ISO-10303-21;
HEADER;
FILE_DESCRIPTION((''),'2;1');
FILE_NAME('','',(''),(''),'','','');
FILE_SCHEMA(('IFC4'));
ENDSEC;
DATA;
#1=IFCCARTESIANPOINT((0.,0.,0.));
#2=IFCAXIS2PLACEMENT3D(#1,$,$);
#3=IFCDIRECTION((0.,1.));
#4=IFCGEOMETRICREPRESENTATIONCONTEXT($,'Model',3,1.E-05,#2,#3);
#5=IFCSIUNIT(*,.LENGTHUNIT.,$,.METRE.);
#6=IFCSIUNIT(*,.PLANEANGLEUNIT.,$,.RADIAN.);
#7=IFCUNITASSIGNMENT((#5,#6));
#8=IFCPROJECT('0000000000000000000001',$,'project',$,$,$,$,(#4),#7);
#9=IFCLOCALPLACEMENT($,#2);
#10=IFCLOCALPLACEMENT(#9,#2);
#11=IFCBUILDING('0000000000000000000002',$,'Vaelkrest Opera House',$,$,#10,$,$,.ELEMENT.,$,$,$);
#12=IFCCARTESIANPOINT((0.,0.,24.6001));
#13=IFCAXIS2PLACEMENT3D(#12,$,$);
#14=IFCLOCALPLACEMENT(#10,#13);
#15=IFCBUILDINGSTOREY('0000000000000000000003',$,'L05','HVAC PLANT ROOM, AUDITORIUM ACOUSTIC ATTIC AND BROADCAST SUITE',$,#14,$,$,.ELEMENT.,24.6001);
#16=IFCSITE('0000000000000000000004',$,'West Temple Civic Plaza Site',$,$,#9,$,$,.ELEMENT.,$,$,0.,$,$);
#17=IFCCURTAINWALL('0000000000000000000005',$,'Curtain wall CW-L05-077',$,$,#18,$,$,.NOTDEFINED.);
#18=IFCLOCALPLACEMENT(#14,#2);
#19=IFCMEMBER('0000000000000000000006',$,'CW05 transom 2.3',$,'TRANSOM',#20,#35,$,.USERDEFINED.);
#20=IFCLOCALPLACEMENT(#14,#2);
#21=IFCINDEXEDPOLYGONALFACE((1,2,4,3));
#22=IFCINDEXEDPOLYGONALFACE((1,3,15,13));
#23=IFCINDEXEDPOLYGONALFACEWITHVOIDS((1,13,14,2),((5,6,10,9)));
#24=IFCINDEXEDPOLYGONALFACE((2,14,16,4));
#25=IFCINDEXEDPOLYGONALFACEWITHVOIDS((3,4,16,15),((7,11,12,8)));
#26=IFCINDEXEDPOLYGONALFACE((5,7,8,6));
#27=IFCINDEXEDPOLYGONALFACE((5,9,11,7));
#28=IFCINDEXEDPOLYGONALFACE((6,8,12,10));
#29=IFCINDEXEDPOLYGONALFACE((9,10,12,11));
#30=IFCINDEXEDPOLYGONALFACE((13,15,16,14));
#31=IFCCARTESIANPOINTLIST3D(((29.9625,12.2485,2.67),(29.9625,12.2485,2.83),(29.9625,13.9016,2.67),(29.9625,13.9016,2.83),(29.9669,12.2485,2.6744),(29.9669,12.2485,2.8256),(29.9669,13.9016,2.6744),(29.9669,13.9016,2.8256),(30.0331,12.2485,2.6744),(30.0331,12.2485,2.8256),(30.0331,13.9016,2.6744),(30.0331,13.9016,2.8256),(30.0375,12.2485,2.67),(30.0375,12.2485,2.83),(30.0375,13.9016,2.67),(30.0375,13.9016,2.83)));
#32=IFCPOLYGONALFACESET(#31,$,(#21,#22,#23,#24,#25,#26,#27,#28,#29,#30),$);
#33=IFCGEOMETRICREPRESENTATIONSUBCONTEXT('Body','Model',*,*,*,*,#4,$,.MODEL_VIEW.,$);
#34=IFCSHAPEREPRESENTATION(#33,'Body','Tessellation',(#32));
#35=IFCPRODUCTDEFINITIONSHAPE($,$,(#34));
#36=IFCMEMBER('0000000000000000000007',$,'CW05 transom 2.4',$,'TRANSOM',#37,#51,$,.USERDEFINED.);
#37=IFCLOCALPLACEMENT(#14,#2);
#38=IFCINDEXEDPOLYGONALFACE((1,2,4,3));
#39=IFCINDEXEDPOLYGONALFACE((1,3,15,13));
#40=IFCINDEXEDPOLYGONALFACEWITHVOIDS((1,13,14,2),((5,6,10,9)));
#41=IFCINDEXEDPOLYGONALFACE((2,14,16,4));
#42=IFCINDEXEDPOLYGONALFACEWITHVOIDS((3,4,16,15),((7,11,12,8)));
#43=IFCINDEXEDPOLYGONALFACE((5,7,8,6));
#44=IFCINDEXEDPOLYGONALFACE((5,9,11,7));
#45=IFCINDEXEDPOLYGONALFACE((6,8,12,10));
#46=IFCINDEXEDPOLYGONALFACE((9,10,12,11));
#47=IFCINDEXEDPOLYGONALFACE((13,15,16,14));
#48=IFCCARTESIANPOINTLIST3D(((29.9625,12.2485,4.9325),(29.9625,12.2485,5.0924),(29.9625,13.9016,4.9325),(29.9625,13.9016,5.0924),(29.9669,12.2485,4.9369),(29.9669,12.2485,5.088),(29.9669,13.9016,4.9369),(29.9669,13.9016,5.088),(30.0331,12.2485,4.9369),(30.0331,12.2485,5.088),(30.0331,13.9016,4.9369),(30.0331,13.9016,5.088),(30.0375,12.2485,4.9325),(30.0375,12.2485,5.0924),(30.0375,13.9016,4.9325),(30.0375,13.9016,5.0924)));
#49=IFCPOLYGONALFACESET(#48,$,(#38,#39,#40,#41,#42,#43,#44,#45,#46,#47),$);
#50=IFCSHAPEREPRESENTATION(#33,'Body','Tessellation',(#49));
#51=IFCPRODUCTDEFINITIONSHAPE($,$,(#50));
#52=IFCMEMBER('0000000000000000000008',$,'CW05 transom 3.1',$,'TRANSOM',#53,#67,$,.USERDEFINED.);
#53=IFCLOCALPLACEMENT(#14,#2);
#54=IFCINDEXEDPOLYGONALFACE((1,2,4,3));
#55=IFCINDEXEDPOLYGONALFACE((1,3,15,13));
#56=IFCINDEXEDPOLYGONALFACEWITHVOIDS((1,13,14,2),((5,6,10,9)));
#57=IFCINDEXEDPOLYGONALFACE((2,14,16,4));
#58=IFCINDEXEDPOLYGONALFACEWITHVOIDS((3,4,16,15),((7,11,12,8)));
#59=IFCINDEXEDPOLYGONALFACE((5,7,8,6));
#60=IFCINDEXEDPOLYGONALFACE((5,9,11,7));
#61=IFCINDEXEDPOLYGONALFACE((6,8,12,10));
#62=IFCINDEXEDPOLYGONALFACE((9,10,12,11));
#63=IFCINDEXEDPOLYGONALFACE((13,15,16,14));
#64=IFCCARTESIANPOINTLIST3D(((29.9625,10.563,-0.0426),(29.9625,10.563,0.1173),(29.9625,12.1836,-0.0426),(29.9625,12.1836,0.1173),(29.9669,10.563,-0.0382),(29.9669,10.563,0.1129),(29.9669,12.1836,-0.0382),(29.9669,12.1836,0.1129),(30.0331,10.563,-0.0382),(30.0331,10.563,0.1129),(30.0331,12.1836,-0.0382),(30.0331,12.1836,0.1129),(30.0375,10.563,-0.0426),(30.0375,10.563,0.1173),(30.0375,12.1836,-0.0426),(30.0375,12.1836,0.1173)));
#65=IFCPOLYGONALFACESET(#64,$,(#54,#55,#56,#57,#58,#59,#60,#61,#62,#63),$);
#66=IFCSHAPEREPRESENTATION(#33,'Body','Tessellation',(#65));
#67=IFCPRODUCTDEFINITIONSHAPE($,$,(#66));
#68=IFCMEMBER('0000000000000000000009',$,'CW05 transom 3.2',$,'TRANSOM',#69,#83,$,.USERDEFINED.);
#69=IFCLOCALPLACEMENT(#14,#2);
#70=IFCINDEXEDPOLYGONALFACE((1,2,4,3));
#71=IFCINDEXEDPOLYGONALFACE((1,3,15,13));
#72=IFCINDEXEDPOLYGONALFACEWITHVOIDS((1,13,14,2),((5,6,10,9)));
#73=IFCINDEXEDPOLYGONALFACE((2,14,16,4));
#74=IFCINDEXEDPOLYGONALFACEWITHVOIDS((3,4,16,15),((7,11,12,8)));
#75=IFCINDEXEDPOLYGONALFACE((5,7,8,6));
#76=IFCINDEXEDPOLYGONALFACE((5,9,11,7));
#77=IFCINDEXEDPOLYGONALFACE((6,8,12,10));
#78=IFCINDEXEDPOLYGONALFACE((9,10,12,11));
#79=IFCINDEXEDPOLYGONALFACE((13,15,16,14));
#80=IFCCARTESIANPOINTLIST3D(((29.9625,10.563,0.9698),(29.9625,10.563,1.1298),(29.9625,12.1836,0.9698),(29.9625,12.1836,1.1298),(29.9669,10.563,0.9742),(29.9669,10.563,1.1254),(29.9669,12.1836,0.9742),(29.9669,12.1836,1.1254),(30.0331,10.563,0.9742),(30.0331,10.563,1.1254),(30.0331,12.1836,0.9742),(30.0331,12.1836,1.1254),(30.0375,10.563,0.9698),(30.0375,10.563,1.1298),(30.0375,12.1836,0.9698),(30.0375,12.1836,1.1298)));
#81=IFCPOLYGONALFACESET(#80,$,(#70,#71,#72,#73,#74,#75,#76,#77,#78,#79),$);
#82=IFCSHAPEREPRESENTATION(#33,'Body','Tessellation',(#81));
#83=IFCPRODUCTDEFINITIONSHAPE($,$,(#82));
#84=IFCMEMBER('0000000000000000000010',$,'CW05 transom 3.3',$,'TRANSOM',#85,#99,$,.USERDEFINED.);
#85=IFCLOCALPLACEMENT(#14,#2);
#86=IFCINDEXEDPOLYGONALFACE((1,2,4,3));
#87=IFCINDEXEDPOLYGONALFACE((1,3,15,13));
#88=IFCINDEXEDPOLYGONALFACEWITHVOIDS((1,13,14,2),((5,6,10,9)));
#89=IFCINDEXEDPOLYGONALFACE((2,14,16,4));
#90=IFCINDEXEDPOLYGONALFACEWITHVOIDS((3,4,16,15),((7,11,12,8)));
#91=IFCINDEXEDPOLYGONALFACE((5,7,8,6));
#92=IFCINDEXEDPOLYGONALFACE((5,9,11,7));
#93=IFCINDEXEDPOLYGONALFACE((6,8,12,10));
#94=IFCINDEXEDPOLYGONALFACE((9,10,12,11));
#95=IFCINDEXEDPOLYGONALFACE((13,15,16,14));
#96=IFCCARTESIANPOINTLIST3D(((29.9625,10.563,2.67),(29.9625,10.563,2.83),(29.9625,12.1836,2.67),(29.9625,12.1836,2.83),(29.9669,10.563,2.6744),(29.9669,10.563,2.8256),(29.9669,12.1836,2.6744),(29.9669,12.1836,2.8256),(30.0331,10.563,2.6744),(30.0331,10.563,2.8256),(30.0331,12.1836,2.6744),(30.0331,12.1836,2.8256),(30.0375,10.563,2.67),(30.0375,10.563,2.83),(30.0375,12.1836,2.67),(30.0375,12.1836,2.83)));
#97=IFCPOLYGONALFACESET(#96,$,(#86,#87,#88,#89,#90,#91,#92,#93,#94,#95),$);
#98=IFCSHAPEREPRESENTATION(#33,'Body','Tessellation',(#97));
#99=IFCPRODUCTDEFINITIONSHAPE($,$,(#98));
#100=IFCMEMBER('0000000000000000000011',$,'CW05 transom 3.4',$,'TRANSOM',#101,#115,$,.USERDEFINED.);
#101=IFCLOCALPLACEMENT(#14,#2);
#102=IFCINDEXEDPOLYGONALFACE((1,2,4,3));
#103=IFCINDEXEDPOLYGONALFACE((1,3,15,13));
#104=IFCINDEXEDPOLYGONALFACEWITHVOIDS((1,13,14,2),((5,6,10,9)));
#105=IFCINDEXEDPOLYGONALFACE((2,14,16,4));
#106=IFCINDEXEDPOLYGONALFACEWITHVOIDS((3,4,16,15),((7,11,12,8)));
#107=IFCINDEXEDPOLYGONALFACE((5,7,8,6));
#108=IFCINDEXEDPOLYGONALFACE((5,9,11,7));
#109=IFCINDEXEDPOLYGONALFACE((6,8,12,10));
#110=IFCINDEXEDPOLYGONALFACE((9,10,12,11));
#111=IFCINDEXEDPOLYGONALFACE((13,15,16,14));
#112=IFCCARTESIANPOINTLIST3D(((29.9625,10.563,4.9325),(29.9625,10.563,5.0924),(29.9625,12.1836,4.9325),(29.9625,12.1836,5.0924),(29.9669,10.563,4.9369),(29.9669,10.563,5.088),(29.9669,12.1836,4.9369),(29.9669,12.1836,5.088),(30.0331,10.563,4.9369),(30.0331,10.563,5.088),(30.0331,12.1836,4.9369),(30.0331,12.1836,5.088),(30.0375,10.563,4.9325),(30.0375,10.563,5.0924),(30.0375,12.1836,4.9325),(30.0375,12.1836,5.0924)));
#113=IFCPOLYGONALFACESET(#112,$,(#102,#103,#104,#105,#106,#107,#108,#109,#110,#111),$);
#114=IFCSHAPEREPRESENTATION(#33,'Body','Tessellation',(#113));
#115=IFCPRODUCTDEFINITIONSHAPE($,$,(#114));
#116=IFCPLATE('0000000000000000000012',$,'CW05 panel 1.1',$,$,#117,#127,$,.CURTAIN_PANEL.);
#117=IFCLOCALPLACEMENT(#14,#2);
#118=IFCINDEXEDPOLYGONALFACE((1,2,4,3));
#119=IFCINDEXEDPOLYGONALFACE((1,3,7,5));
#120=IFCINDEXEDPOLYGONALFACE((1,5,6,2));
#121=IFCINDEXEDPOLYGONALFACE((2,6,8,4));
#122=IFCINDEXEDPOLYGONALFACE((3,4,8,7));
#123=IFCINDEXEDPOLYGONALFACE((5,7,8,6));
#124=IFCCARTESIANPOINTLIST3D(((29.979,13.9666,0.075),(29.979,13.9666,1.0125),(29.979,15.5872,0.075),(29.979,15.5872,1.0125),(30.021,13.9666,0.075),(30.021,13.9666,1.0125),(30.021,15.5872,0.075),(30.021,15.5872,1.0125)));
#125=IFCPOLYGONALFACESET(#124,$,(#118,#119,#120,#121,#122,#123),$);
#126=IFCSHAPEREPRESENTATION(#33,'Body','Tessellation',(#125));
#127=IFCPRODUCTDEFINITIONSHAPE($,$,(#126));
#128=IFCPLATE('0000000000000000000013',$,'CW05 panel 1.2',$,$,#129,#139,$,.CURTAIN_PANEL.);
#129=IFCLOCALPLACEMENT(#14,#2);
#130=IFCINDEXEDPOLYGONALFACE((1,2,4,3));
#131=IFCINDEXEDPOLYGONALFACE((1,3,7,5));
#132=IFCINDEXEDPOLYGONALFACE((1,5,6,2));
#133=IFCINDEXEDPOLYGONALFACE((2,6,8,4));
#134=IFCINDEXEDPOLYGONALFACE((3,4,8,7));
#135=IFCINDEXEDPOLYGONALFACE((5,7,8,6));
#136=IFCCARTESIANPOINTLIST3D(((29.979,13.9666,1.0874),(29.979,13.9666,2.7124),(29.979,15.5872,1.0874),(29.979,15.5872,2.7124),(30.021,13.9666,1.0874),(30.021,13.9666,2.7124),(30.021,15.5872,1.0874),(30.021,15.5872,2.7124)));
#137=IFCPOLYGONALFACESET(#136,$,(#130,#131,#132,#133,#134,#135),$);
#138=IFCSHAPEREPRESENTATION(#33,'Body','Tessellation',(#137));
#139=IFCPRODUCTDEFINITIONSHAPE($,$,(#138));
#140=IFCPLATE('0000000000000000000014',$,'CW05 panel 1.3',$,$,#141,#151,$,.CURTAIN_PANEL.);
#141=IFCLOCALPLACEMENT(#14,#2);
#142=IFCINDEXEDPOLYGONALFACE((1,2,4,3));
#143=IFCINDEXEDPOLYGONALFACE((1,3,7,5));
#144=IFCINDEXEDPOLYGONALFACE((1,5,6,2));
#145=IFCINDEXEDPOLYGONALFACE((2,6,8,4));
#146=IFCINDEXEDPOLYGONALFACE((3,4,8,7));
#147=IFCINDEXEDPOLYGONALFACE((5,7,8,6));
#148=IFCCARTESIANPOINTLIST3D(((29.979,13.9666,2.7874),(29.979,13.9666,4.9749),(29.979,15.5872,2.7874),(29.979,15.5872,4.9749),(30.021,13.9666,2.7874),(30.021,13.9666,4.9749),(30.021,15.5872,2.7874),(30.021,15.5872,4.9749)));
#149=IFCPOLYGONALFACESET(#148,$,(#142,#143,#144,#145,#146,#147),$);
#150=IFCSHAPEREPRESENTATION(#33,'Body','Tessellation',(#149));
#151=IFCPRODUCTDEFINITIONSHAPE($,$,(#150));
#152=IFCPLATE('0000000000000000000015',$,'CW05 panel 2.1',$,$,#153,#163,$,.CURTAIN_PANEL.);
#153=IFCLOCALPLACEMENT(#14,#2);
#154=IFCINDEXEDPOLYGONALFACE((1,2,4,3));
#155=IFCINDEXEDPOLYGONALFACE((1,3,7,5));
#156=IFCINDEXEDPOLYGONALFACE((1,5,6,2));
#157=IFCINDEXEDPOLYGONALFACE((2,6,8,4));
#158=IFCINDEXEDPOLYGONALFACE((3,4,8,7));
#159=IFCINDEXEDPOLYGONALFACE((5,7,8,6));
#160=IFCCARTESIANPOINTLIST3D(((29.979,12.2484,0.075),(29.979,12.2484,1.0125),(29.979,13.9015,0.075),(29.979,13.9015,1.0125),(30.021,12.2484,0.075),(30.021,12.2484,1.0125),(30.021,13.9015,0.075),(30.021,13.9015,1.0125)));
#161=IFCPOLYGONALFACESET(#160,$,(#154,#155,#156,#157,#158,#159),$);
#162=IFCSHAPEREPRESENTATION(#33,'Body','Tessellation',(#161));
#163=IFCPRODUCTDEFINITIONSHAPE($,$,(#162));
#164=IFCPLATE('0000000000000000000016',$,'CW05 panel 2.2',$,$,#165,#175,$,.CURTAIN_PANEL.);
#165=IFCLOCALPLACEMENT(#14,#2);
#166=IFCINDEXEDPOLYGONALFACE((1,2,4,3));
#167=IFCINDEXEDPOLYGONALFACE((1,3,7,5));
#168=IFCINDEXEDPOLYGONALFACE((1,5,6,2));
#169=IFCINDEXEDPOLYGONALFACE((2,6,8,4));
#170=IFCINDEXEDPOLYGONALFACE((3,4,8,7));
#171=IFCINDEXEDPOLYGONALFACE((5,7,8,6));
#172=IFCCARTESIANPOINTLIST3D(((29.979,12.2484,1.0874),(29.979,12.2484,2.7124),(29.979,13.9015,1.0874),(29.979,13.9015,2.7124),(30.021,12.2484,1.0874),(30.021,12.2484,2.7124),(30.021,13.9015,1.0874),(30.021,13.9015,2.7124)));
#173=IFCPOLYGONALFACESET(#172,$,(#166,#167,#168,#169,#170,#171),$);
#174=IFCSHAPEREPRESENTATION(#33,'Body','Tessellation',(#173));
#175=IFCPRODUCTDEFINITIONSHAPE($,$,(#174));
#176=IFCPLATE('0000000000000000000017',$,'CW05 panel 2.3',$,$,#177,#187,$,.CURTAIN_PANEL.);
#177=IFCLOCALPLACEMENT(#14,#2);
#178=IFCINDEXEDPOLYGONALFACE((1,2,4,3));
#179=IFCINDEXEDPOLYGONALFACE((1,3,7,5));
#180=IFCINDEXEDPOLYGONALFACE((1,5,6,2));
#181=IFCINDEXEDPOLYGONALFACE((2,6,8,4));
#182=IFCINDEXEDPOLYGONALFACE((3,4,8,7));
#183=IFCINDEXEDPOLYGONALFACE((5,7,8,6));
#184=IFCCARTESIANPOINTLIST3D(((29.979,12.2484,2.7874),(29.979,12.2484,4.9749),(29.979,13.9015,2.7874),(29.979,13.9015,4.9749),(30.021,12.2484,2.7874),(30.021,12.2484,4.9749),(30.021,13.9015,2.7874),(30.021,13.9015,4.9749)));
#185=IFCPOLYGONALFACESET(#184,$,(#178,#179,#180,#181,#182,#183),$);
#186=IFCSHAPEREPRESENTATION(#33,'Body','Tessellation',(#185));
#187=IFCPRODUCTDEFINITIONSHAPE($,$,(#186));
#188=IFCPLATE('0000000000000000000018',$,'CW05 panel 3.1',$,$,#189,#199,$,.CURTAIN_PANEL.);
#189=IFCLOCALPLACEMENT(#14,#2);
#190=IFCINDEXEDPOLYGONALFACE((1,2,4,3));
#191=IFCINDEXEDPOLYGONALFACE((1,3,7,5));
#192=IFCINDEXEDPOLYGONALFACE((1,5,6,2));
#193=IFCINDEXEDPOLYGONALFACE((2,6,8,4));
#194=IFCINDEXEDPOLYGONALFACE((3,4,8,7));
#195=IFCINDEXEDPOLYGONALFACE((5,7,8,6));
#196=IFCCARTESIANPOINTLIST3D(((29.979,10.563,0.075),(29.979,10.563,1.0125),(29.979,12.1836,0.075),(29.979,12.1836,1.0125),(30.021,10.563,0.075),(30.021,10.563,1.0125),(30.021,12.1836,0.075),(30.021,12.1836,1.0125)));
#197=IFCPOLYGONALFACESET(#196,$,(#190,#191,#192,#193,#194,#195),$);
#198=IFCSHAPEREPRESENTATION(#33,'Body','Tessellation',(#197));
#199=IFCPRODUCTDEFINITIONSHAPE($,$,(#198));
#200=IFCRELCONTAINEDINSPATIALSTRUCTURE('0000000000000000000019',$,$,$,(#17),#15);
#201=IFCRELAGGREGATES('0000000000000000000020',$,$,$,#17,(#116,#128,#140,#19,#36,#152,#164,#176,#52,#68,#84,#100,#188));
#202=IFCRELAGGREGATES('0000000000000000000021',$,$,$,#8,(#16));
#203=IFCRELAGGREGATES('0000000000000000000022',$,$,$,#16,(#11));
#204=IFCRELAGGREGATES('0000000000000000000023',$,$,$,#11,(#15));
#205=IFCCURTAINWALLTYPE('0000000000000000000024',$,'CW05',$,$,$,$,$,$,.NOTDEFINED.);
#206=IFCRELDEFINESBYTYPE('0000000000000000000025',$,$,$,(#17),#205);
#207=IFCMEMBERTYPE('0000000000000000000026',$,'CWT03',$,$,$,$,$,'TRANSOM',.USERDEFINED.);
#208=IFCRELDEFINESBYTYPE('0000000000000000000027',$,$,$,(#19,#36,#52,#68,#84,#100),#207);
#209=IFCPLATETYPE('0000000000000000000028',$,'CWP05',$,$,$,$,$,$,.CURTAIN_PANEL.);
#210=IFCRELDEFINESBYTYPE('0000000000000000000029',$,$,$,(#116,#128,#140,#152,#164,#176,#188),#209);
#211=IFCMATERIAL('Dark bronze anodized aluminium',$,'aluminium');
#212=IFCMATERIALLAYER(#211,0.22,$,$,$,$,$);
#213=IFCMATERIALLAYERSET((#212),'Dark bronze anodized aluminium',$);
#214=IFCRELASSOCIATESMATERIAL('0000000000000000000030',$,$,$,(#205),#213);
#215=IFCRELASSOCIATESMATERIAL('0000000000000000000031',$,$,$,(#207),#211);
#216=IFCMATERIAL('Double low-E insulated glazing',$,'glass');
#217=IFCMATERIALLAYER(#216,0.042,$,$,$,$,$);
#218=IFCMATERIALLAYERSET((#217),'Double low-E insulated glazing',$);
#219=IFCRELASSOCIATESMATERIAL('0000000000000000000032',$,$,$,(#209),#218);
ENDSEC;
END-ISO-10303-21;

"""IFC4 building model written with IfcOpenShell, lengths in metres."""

from ifc_helpers import new_model, si_unit, direction, frame, origin, origin_2d, place, context, subcontext, project, spatial, rectangle, hollow_rectangle, extrude, material, layer, layer_set, material_profile, profile_set, type_object, element, aggregate, save


model = new_model("IFC4")

# Units and contexts
model_context = context("Model", 3, precision=1e-05, world=origin(), true_north=direction((0.0, 1.0)))
body_context = subcontext(model_context, "Body", "Model", "MODEL_VIEW")
ifc_project = project(units=[si_unit("LENGTHUNIT", "METRE"), si_unit("PLANEANGLEUNIT", "RADIAN")], contexts=[model_context])

# Site, building, storey
site_placement = place(None, origin())
site = spatial("IfcSite", under=ifc_project, at=site_placement, Name="West Temple Civic Plaza Site", CompositionType="ELEMENT", RefElevation=0.0)
building_placement = place(site_placement, origin())
building = spatial("IfcBuilding", under=site, at=building_placement, Name="Vaelkrest Opera House", CompositionType="ELEMENT")
storey_placement = place(building_placement, frame((0.0, 0.0, 24.6001)))
storey = spatial("IfcBuildingStorey", under=building, at=storey_placement, Name="L05", Description="HVAC PLANT ROOM, AUDITORIUM ACOUSTIC ATTIC AND BROADCAST SUITE", CompositionType="ELEMENT", Elevation=24.6001)

# Curtain wall, members, plates
ifc_material_1 = material(Name="Dark bronze anodized aluminium", Category="aluminium")
ifc_layer_1 = layer(ifc_material_1, 0.22)
ifc_layer_set_1 = layer_set([ifc_layer_1], Name="Dark bronze anodized aluminium")
curtain_wall_type = type_object("IfcCurtainWallType", Name="CW05", PredefinedType="NOTDEFINED", material=ifc_layer_set_1)
curtain_wall_placement = place(storey_placement, origin())
curtain_wall = element("IfcCurtainWall", 1, at=curtain_wall_placement, inside=storey, type_object=curtain_wall_type, Name="Curtain wall CW-L05-077", PredefinedType="NOTDEFINED")
ifc_material_profile_1 = material_profile(ifc_material_1, hollow_rectangle(XDim=0.075, YDim=0.1599, WallThickness=0.0044, at=origin_2d()), Name="CWT75X160")
ifc_profile_set_1 = profile_set([ifc_material_profile_1], Name="Dark bronze anodized aluminium")
member_type_1 = type_object("IfcMemberType", Name="CWT03", ElementType="TRANSOM", PredefinedType="USERDEFINED", material=ifc_profile_set_1)
member_1_placement = place(storey_placement, frame((30.0, 13.9016, 2.75), z_axis=(0.0, -1.0, 0.0), x_axis=(1.0, 0.0, 0.0)))
member_1 = element("IfcMember", 2, at=member_1_placement, type_object=member_type_1, Name="CW05 transom 2.3", ObjectType="TRANSOM", PredefinedType="USERDEFINED", context=body_context, shape_type="SweptSolid", body=[
    extrude(hollow_rectangle(XDim=0.075, YDim=0.1599, WallThickness=0.0044, at=origin_2d()), origin(), (0.0, 0.0, 1.0), 1.6531),
])
member_2_placement = place(storey_placement, frame((30.0, 13.9016, 5.0125), z_axis=(0.0, -1.0, 0.0), x_axis=(1.0, 0.0, 0.0)))
member_2 = element("IfcMember", 3, at=member_2_placement, type_object=member_type_1, Name="CW05 transom 2.4", ObjectType="TRANSOM", PredefinedType="USERDEFINED", context=body_context, shape_type="SweptSolid", body=[
    extrude(hollow_rectangle(XDim=0.075, YDim=0.1599, WallThickness=0.0044, at=origin_2d()), origin(), (0.0, 0.0, 1.0), 1.6531),
])
member_3_placement = place(storey_placement, frame((30.0, 12.1836, 0.0374), z_axis=(0.0, -1.0, 0.0), x_axis=(1.0, 0.0, 0.0)))
member_3 = element("IfcMember", 4, at=member_3_placement, type_object=member_type_1, Name="CW05 transom 3.1", ObjectType="TRANSOM", PredefinedType="USERDEFINED", context=body_context, shape_type="SweptSolid", body=[
    extrude(hollow_rectangle(XDim=0.075, YDim=0.1599, WallThickness=0.0044, at=origin_2d()), origin(), (0.0, 0.0, 1.0), 1.6206),
])
member_4_placement = place(storey_placement, frame((30.0, 12.1836, 1.0498), z_axis=(0.0, -1.0, 0.0), x_axis=(1.0, 0.0, 0.0)))
member_4 = element("IfcMember", 5, at=member_4_placement, type_object=member_type_1, Name="CW05 transom 3.2", ObjectType="TRANSOM", PredefinedType="USERDEFINED", context=body_context, shape_type="SweptSolid", body=[
    extrude(hollow_rectangle(XDim=0.075, YDim=0.1599, WallThickness=0.0044, at=origin_2d()), origin(), (0.0, 0.0, 1.0), 1.6206),
])
member_5_placement = place(storey_placement, frame((30.0, 12.1836, 2.75), z_axis=(0.0, -1.0, 0.0), x_axis=(1.0, 0.0, 0.0)))
member_5 = element("IfcMember", 6, at=member_5_placement, type_object=member_type_1, Name="CW05 transom 3.3", ObjectType="TRANSOM", PredefinedType="USERDEFINED", context=body_context, shape_type="SweptSolid", body=[
    extrude(hollow_rectangle(XDim=0.075, YDim=0.1599, WallThickness=0.0044, at=origin_2d()), origin(), (0.0, 0.0, 1.0), 1.6206),
])
member_6_placement = place(storey_placement, frame((30.0, 12.1836, 5.0125), z_axis=(0.0, -1.0, 0.0), x_axis=(1.0, 0.0, 0.0)))
member_6 = element("IfcMember", 7, at=member_6_placement, type_object=member_type_1, Name="CW05 transom 3.4", ObjectType="TRANSOM", PredefinedType="USERDEFINED", context=body_context, shape_type="SweptSolid", body=[
    extrude(hollow_rectangle(XDim=0.075, YDim=0.1599, WallThickness=0.0044, at=origin_2d()), origin(), (0.0, 0.0, 1.0), 1.6206),
])
ifc_material_2 = material(Name="Double low-E insulated glazing", Category="glass")
ifc_layer_2 = layer(ifc_material_2, 0.042)
ifc_layer_set_2 = layer_set([ifc_layer_2], Name="Double low-E insulated glazing")
plate_type = type_object("IfcPlateType", Name="CWP05", PredefinedType="CURTAIN_PANEL", material=ifc_layer_set_2)
plate_1_placement = place(storey_placement, frame((30.0, 14.7769, 0.075), z_axis=(0.0, 0.0, 1.0), x_axis=(0.0, -1.0, 0.0)))
plate_1 = element("IfcPlate", 8, at=plate_1_placement, type_object=plate_type, Name="CW05 panel 1.1", PredefinedType="CURTAIN_PANEL", context=body_context, shape_type="SweptSolid", body=[
    extrude(rectangle(XDim=1.6206, YDim=0.042, at=origin_2d()), origin(), (0.0, 0.0, 1.0), 0.9375),
])
plate_2_placement = place(storey_placement, frame((30.0, 14.7769, 1.0874), z_axis=(0.0, 0.0, 1.0), x_axis=(0.0, -1.0, 0.0)))
plate_2 = element("IfcPlate", 9, at=plate_2_placement, type_object=plate_type, Name="CW05 panel 1.2", PredefinedType="CURTAIN_PANEL", context=body_context, shape_type="SweptSolid", body=[
    extrude(rectangle(XDim=1.6206, YDim=0.042, at=origin_2d()), origin(), (0.0, 0.0, 1.0), 1.625),
])
plate_3_placement = place(storey_placement, frame((30.0, 14.7769, 2.7874), z_axis=(0.0, 0.0, 1.0), x_axis=(0.0, -1.0, 0.0)))
plate_3 = element("IfcPlate", 10, at=plate_3_placement, type_object=plate_type, Name="CW05 panel 1.3", PredefinedType="CURTAIN_PANEL", context=body_context, shape_type="SweptSolid", body=[
    extrude(rectangle(XDim=1.6206, YDim=0.042, at=origin_2d()), origin(), (0.0, 0.0, 1.0), 2.1875),
])
plate_4_placement = place(storey_placement, frame((30.0, 13.075, 0.075), z_axis=(0.0, 0.0, 1.0), x_axis=(0.0, -1.0, 0.0)))
plate_4 = element("IfcPlate", 11, at=plate_4_placement, type_object=plate_type, Name="CW05 panel 2.1", PredefinedType="CURTAIN_PANEL", context=body_context, shape_type="SweptSolid", body=[
    extrude(rectangle(XDim=1.6531, YDim=0.042, at=origin_2d()), origin(), (0.0, 0.0, 1.0), 0.9375),
])
plate_5_placement = place(storey_placement, frame((30.0, 13.075, 1.0874), z_axis=(0.0, 0.0, 1.0), x_axis=(0.0, -1.0, 0.0)))
plate_5 = element("IfcPlate", 12, at=plate_5_placement, type_object=plate_type, Name="CW05 panel 2.2", PredefinedType="CURTAIN_PANEL", context=body_context, shape_type="SweptSolid", body=[
    extrude(rectangle(XDim=1.6531, YDim=0.042, at=origin_2d()), origin(), (0.0, 0.0, 1.0), 1.625),
])
plate_6_placement = place(storey_placement, frame((30.0, 13.075, 2.7874), z_axis=(0.0, 0.0, 1.0), x_axis=(0.0, -1.0, 0.0)))
plate_6 = element("IfcPlate", 13, at=plate_6_placement, type_object=plate_type, Name="CW05 panel 2.3", PredefinedType="CURTAIN_PANEL", context=body_context, shape_type="SweptSolid", body=[
    extrude(rectangle(XDim=1.6531, YDim=0.042, at=origin_2d()), origin(), (0.0, 0.0, 1.0), 2.1875),
])
plate_7_placement = place(storey_placement, frame((30.0, 11.3733, 0.075), z_axis=(0.0, 0.0, 1.0), x_axis=(0.0, -1.0, 0.0)))
plate_7 = element("IfcPlate", 14, at=plate_7_placement, type_object=plate_type, Name="CW05 panel 3.1", PredefinedType="CURTAIN_PANEL", context=body_context, shape_type="SweptSolid", body=[
    extrude(rectangle(XDim=1.6206, YDim=0.042, at=origin_2d()), origin(), (0.0, 0.0, 1.0), 0.9375),
])
aggregate(curtain_wall, [plate_1, plate_2, plate_3, member_1, member_2, plate_4, plate_5, plate_6, member_3, member_4, member_5, member_6, plate_7])

save(model, "model.ifc")
